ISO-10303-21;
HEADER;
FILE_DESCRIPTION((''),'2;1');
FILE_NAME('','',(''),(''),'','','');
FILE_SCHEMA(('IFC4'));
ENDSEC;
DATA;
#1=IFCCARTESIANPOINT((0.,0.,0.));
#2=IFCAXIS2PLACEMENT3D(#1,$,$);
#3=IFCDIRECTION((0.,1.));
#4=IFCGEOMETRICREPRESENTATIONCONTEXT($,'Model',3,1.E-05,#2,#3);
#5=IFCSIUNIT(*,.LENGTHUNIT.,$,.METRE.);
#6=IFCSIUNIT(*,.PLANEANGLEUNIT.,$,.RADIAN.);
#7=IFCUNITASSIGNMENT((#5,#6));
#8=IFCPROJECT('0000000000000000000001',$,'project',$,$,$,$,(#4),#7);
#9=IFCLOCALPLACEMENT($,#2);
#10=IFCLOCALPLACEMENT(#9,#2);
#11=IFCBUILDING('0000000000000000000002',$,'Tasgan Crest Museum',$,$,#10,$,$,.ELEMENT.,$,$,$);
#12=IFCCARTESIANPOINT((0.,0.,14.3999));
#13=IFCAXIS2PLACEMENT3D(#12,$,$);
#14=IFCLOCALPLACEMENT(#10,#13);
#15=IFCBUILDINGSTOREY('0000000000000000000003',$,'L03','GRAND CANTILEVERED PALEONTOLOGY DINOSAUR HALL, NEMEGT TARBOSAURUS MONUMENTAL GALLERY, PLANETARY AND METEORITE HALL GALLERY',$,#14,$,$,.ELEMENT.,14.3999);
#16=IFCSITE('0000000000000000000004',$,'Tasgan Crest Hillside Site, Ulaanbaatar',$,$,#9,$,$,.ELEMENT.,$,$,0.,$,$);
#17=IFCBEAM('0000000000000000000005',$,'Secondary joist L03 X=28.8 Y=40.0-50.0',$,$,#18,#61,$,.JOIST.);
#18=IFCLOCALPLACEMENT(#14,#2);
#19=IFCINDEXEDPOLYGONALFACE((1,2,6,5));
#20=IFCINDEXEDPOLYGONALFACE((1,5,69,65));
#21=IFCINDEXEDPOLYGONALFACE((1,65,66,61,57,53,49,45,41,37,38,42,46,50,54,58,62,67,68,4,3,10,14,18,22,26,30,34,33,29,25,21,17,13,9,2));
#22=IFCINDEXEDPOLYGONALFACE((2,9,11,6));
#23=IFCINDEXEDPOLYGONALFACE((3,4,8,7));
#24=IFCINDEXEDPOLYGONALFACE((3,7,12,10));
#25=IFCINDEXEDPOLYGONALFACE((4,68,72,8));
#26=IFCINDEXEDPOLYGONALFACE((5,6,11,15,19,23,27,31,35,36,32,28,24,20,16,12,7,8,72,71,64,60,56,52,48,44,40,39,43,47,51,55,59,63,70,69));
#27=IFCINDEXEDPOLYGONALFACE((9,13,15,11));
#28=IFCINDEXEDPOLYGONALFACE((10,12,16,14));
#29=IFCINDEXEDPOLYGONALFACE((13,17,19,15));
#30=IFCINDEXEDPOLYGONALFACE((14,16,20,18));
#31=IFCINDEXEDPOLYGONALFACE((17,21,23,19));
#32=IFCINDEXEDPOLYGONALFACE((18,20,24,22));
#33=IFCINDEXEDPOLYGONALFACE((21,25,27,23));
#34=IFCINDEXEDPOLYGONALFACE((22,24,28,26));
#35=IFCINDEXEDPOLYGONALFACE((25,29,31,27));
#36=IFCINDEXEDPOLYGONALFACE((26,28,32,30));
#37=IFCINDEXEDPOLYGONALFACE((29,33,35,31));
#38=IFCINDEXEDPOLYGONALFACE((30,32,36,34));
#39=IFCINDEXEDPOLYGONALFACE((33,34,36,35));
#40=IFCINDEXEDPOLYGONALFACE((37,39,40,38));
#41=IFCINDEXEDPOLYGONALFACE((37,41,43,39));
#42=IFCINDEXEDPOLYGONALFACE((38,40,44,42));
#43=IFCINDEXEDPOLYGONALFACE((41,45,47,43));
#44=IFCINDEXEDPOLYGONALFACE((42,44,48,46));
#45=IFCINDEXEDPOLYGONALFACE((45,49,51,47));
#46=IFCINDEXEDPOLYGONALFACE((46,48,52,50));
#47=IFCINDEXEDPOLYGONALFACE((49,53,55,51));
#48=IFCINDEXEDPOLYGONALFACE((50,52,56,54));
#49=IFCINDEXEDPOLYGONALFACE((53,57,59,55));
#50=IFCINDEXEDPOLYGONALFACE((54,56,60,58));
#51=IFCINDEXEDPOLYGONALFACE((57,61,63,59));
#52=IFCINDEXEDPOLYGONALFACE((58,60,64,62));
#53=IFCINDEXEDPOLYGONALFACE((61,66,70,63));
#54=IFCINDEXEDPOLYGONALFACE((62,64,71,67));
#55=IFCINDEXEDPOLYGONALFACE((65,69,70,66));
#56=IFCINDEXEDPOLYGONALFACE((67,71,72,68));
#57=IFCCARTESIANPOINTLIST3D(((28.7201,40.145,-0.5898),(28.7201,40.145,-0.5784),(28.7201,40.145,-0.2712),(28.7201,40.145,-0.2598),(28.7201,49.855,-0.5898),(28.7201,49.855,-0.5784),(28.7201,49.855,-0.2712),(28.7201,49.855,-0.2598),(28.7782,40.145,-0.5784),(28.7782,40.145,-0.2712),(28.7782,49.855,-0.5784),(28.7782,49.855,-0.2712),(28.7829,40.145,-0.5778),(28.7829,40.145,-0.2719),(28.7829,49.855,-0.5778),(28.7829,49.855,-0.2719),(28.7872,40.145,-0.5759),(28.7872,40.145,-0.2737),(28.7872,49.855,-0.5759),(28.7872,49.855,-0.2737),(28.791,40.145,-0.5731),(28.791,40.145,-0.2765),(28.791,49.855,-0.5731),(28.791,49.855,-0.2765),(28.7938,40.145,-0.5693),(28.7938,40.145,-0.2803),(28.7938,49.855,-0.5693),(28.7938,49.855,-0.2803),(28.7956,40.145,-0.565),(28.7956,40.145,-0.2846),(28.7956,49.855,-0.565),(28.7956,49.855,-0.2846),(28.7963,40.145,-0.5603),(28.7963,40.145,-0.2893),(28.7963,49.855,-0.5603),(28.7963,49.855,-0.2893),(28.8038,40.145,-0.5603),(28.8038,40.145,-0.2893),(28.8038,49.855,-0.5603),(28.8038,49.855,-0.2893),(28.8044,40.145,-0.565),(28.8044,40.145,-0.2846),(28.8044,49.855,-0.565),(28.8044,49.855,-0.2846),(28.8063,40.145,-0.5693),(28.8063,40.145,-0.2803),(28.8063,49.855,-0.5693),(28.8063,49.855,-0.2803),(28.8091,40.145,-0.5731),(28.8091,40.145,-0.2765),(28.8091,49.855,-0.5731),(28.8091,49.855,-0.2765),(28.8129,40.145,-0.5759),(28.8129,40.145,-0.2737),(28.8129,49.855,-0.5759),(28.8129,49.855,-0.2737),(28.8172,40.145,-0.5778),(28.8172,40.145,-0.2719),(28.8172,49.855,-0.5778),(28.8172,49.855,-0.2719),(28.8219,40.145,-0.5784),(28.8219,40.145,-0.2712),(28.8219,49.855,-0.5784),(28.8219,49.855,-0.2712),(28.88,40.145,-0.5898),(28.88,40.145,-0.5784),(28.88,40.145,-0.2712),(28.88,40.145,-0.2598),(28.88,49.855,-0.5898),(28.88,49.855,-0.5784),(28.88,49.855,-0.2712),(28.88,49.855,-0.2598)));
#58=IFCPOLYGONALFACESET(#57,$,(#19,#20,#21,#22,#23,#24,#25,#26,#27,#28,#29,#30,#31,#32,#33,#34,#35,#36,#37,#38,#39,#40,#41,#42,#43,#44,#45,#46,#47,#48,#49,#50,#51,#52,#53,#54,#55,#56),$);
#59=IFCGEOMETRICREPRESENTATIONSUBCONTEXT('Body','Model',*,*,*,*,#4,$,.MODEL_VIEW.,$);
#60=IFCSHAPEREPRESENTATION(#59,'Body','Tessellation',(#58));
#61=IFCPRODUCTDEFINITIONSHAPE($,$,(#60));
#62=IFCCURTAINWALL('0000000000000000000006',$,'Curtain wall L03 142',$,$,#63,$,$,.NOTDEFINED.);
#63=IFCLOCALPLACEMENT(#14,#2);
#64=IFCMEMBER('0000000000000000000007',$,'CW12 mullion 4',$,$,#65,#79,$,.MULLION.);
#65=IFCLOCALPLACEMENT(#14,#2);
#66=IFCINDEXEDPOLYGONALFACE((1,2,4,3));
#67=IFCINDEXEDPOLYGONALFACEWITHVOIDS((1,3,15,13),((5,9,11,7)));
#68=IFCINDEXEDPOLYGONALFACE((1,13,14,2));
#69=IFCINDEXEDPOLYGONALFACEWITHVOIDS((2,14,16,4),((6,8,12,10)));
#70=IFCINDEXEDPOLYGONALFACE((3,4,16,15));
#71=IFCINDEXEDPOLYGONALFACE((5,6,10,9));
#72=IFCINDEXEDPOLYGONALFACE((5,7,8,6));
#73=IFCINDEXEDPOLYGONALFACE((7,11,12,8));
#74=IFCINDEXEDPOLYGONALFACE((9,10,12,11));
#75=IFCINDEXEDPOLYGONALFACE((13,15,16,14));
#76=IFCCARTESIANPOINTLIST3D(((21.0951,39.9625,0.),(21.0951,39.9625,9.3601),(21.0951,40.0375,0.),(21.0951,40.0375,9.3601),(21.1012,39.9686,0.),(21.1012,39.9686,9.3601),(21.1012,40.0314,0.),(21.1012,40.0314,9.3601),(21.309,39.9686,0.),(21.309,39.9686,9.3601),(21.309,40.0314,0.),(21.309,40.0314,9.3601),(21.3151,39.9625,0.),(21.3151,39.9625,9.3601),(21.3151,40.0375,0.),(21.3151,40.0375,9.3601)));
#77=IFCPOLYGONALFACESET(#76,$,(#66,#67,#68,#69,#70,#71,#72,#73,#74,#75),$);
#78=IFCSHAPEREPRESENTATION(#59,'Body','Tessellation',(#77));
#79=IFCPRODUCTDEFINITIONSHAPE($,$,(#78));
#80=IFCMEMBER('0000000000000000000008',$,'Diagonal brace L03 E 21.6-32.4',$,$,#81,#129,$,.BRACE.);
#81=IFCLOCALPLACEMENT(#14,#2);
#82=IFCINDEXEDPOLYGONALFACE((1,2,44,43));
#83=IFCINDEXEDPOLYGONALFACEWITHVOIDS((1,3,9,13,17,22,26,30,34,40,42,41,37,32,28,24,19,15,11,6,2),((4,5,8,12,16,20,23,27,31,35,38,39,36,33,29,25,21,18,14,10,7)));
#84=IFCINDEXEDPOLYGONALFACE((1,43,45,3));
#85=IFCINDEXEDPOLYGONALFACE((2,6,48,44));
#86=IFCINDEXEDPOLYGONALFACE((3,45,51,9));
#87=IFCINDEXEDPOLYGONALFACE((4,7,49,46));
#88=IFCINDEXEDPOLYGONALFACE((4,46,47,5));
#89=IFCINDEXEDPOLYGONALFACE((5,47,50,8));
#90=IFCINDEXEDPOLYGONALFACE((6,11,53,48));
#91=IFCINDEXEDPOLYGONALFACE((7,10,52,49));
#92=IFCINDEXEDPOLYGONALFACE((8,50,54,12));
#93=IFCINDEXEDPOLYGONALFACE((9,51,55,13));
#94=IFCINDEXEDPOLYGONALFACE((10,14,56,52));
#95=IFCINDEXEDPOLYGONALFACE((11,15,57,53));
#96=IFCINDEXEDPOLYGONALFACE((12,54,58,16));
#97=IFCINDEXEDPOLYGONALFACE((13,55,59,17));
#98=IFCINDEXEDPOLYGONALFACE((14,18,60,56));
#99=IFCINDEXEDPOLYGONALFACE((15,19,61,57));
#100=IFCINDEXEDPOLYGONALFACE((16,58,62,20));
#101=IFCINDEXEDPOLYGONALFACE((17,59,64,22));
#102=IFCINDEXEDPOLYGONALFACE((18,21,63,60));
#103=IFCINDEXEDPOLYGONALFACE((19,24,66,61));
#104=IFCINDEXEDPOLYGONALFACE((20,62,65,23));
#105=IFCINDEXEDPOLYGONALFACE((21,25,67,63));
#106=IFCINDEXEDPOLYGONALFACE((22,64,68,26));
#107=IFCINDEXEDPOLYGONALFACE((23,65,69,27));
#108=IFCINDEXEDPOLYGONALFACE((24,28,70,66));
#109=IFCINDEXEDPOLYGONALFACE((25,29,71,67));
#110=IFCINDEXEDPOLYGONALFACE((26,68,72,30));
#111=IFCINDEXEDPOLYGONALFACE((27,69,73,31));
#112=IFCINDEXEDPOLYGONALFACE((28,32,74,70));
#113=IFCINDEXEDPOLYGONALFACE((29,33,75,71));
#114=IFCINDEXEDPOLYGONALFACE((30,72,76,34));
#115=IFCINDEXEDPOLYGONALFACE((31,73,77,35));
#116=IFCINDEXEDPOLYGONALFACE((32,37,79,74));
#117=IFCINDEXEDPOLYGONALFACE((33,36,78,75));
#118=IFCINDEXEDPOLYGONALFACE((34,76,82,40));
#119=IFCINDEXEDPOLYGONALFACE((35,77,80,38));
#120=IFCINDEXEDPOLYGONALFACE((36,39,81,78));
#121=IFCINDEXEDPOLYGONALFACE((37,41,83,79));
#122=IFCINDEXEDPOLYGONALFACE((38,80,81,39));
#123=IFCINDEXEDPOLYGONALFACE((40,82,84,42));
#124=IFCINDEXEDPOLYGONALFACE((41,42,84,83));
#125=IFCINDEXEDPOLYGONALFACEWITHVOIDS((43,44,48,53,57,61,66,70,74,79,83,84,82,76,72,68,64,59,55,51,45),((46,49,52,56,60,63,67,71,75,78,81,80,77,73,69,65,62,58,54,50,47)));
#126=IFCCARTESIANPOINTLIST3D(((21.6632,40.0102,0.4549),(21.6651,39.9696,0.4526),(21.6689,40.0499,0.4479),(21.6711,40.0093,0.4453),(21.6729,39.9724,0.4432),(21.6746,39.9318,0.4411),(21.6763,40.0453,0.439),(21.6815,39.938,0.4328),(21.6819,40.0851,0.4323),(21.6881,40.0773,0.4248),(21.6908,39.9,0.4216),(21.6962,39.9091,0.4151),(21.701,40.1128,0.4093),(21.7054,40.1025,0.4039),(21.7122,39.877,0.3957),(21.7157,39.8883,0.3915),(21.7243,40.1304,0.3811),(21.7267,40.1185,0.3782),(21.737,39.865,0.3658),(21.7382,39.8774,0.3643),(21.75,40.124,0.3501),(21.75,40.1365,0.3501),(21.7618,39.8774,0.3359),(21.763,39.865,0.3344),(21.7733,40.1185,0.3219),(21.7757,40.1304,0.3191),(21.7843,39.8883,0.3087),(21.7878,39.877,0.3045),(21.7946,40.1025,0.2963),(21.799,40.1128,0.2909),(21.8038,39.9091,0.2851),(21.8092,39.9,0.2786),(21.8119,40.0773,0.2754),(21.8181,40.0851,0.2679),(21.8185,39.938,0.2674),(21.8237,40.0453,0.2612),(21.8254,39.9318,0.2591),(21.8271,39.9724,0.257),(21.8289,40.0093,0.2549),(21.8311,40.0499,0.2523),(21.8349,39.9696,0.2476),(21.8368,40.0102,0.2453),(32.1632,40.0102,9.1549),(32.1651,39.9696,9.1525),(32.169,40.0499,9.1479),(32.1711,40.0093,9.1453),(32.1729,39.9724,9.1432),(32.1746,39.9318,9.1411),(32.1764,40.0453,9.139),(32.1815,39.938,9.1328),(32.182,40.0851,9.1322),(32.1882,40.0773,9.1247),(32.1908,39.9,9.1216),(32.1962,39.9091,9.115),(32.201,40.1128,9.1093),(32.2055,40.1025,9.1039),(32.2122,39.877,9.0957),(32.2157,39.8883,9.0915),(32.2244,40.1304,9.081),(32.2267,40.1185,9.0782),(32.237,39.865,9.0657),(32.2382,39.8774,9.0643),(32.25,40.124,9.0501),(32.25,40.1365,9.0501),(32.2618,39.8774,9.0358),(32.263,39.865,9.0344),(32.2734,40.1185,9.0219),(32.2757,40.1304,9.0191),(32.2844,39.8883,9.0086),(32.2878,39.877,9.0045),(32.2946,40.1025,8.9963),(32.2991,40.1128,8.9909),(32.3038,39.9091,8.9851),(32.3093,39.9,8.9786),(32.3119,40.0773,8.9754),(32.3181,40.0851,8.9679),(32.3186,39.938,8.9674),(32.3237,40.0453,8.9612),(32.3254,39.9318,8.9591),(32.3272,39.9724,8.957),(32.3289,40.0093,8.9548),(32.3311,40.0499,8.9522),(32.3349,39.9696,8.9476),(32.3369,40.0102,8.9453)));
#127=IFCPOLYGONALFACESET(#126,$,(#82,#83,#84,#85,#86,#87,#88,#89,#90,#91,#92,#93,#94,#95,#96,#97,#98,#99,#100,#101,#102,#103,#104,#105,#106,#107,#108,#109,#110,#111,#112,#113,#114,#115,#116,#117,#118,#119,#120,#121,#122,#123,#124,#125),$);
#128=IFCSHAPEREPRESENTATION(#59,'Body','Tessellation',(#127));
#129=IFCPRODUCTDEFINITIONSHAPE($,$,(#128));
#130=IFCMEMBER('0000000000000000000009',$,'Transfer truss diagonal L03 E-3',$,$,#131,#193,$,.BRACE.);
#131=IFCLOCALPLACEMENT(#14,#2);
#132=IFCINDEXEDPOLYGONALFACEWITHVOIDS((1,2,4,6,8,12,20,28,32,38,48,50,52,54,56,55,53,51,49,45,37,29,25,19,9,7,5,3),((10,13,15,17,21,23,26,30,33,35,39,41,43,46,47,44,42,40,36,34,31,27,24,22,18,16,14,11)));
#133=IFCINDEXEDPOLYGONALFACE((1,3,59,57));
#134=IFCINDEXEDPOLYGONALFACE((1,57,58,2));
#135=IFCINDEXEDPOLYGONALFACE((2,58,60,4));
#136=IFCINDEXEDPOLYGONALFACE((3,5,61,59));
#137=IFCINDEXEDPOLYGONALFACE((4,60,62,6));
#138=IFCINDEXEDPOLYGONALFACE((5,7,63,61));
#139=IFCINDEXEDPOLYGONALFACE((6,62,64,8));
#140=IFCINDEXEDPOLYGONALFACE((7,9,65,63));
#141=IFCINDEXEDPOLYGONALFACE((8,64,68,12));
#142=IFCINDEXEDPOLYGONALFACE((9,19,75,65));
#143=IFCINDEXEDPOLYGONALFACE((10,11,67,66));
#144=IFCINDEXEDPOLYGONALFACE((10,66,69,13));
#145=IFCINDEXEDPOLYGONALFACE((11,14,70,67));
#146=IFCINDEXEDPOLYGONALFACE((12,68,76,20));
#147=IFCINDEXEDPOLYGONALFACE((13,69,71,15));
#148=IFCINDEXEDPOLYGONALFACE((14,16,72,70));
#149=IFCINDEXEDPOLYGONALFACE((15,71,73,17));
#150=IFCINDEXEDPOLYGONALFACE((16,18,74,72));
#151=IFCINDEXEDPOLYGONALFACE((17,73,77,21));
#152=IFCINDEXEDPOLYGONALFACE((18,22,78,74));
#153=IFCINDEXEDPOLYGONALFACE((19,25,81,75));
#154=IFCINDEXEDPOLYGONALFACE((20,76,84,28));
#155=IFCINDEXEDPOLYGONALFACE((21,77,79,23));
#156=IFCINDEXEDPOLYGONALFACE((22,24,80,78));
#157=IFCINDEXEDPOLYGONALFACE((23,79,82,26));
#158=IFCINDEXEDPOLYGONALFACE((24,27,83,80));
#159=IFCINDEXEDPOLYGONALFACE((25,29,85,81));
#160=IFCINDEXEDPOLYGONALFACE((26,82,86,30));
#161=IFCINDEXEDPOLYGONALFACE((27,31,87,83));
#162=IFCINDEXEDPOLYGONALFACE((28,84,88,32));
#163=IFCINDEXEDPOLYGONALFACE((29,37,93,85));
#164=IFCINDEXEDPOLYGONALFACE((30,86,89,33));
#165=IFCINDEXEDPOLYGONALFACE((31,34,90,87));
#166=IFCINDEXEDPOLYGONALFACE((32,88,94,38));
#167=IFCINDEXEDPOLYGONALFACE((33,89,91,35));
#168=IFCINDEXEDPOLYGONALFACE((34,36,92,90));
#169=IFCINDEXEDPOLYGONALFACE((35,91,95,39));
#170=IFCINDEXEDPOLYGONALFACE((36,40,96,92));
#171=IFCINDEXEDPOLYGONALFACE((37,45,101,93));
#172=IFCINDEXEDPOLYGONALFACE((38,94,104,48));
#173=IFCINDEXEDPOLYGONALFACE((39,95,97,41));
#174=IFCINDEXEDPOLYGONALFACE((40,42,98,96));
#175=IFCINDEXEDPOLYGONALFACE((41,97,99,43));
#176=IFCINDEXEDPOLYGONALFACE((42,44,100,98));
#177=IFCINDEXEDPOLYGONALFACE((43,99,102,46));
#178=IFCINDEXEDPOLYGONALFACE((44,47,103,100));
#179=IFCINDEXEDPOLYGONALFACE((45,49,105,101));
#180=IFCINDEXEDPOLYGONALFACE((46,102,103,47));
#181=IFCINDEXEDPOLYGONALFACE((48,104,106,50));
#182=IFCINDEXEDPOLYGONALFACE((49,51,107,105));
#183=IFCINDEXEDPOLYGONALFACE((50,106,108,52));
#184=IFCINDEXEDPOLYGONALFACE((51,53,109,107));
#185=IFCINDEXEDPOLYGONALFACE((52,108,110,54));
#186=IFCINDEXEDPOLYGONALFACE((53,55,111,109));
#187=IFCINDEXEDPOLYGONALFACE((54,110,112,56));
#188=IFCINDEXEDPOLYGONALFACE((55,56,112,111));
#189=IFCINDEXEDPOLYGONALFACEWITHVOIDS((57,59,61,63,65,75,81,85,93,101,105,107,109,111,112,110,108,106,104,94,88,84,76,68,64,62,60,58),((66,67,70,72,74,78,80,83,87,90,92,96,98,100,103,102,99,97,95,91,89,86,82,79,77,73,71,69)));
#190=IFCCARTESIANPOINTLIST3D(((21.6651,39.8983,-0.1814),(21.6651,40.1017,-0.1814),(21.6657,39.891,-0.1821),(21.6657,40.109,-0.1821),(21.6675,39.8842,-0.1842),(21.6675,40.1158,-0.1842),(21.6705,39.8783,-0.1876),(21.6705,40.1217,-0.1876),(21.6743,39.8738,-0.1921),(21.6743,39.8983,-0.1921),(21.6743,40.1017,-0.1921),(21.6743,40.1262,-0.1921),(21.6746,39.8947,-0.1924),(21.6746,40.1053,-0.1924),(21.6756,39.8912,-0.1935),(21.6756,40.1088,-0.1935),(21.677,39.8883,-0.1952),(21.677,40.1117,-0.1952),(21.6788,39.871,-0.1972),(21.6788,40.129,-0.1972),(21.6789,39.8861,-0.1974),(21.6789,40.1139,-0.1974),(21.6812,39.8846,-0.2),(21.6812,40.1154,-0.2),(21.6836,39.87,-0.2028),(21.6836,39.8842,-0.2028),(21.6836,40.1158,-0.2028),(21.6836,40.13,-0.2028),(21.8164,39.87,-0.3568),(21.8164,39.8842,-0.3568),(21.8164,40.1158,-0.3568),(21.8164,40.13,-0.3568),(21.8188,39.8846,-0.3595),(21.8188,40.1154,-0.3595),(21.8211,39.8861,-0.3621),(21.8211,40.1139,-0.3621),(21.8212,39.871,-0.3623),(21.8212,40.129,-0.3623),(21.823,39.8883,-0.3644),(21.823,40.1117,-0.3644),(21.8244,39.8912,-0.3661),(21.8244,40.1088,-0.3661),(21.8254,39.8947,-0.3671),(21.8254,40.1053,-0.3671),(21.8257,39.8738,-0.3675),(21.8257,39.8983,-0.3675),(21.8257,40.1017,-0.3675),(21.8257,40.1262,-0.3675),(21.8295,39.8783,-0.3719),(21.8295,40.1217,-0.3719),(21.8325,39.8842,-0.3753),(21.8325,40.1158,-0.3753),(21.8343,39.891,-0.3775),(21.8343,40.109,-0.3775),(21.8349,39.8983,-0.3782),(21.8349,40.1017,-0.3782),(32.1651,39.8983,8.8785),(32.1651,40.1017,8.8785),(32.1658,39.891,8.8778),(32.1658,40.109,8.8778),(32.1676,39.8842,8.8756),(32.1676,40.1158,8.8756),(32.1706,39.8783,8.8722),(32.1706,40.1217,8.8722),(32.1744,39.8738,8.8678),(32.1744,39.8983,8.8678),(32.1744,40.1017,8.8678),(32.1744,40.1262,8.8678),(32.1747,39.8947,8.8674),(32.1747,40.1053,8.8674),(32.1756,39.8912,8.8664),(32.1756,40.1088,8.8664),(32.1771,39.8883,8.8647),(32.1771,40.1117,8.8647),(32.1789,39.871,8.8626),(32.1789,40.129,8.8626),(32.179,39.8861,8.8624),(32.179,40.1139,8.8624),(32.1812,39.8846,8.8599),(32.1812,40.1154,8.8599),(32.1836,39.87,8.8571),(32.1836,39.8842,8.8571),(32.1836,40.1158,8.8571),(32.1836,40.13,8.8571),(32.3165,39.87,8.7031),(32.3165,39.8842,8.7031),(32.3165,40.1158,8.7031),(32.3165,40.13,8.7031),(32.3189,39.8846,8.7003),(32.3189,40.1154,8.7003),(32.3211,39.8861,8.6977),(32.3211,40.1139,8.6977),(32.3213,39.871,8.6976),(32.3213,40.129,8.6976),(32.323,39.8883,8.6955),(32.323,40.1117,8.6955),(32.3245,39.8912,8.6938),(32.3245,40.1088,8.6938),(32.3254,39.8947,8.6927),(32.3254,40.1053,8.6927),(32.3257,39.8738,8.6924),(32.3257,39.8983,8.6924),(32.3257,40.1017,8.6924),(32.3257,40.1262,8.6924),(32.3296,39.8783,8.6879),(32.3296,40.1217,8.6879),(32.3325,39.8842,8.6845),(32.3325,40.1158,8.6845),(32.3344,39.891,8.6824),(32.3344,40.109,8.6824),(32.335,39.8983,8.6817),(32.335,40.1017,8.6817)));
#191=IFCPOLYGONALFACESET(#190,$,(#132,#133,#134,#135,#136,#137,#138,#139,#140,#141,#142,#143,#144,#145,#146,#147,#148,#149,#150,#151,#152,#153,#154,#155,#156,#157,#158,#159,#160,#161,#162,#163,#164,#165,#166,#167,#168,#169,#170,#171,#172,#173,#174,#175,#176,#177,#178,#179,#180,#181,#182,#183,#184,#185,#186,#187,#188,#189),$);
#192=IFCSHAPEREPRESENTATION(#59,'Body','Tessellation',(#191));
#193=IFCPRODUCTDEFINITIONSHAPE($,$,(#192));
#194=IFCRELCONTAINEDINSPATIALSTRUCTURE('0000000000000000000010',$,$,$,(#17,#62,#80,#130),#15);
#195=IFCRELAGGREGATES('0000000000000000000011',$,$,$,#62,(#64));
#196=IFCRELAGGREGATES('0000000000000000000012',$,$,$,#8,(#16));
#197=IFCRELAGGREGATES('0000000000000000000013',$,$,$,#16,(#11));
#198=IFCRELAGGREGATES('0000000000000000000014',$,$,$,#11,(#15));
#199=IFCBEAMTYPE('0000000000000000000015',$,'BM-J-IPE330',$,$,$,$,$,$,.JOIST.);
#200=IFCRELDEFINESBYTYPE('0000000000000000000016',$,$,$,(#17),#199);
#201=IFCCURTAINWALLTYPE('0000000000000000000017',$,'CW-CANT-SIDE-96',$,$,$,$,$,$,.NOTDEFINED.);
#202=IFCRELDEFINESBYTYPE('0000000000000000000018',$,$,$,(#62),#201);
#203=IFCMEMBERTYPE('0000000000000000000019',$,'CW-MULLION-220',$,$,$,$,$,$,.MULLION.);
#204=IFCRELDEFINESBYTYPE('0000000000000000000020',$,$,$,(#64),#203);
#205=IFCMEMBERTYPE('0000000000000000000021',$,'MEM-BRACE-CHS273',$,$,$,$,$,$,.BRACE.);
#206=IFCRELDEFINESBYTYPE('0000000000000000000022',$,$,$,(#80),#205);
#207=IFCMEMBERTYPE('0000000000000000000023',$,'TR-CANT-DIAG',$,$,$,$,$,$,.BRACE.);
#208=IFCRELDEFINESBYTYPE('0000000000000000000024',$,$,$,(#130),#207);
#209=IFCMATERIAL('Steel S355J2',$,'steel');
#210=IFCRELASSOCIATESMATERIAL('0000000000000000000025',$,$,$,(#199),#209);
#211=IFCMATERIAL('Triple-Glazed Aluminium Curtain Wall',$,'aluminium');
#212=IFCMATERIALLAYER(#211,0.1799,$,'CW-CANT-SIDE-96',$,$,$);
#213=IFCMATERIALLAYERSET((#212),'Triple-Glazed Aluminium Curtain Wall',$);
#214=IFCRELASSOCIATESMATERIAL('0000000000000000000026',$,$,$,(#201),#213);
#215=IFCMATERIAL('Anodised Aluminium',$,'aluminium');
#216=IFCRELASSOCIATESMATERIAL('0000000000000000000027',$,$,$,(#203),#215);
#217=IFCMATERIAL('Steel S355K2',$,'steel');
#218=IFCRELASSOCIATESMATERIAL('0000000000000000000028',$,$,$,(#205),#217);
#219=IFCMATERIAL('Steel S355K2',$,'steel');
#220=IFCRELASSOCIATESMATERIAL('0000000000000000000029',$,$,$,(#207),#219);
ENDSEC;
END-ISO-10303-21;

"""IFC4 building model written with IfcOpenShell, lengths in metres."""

from ifc_helpers import new_model, si_unit, direction, frame, origin, origin_2d, place, context, subcontext, project, spatial, hollow_rectangle, hollow_circle, i_section, extrude, material, layer, layer_set, material_profile, profile_set, type_object, element, aggregate, save


model = new_model("IFC4")

# Units and contexts
model_context = context("Model", 3, precision=1e-05, world=origin(), true_north=direction((0.0, 1.0)))
body_context = subcontext(model_context, "Body", "Model", "MODEL_VIEW")
ifc_project = project(units=[si_unit("LENGTHUNIT", "METRE"), si_unit("PLANEANGLEUNIT", "RADIAN")], contexts=[model_context])

# Site, building, storey
site_placement = place(None, origin())
site = spatial("IfcSite", under=ifc_project, at=site_placement, Name="Tasgan Crest Hillside Site, Ulaanbaatar", CompositionType="ELEMENT", RefElevation=0.0)
building_placement = place(site_placement, origin())
building = spatial("IfcBuilding", under=site, at=building_placement, Name="Tasgan Crest Museum", CompositionType="ELEMENT")
storey_placement = place(building_placement, frame((0.0, 0.0, 14.3999)))
storey = spatial("IfcBuildingStorey", under=building, at=storey_placement, Name="L03", Description="GRAND CANTILEVERED PALEONTOLOGY DINOSAUR HALL, NEMEGT TARBOSAURUS MONUMENTAL GALLERY, PLANETARY AND METEORITE HALL GALLERY", CompositionType="ELEMENT", Elevation=14.3999)

# Beam
ifc_material_1 = material(Name="Steel S355J2", Category="steel")
ifc_material_profile_1 = material_profile(ifc_material_1, i_section(OverallWidth=0.1599, OverallDepth=0.3301, WebThickness=0.0076, FlangeThickness=0.0115, FilletRadius=0.0181, at=origin_2d()), Name="IPE 330")
ifc_profile_set_1 = profile_set([ifc_material_profile_1], Name="Steel S355J2")
beam_type_1 = type_object("IfcBeamType", Name="BM-J-IPE330", PredefinedType="JOIST", material=ifc_profile_set_1)
for number, where, z_axis, x_axis, name in (
    (1, (28.8, 40.145, -0.4248), (0.0, 1.0, 0.0), (-1.0, 0.0, 0.0), "Secondary joist L03 X=28.8 Y=40.0-50.0"),
):
    element("IfcBeam", number, at=place(storey_placement, frame(where, z_axis=z_axis, x_axis=x_axis)), inside=storey, type_object=beam_type_1, Name=name, PredefinedType="JOIST", context=body_context, shape_type="SweptSolid", body=[
        extrude(i_section(OverallWidth=0.1599, OverallDepth=0.3301, WebThickness=0.0076, FlangeThickness=0.0115, FilletRadius=0.0181, at=origin_2d()), origin(), (0.0, 0.0, 1.0), 9.71),
    ])

# Curtain wall, member
ifc_material_2 = material(Name="Triple-Glazed Aluminium Curtain Wall", Category="aluminium")
ifc_layer_1 = layer(ifc_material_2, 0.1799, Name="CW-CANT-SIDE-96")
ifc_layer_set_1 = layer_set([ifc_layer_1], Name="Triple-Glazed Aluminium Curtain Wall")
curtain_wall_type = type_object("IfcCurtainWallType", Name="CW-CANT-SIDE-96", PredefinedType="NOTDEFINED", material=ifc_layer_set_1)
curtain_wall_placement = place(storey_placement, origin())
curtain_wall = element("IfcCurtainWall", 2, at=curtain_wall_placement, inside=storey, type_object=curtain_wall_type, Name="Curtain wall L03 142", PredefinedType="NOTDEFINED")
ifc_material_3 = material(Name="Anodised Aluminium", Category="aluminium")
ifc_material_profile_2 = material_profile(ifc_material_3, hollow_rectangle(XDim=0.075, YDim=0.22, WallThickness=0.0061, at=origin_2d()), Name="ALU MULLION 220x75x6")
ifc_profile_set_2 = profile_set([ifc_material_profile_2], Name="Anodised Aluminium")
member_type_1 = type_object("IfcMemberType", Name="CW-MULLION-220", PredefinedType="MULLION", material=ifc_profile_set_2)
member_1_placement = place(storey_placement, frame((21.2051, 40.0, 0.0), z_axis=(0.0, 0.0, 1.0), x_axis=(0.0, 1.0, 0.0)))
member_1 = element("IfcMember", 3, at=member_1_placement, type_object=member_type_1, Name="CW12 mullion 4", PredefinedType="MULLION", context=body_context, shape_type="SweptSolid", body=[
    extrude(hollow_rectangle(XDim=0.075, YDim=0.22, WallThickness=0.0061, at=origin_2d()), origin(), (0.0, 0.0, 1.0), 9.3601),
])

# Members
ifc_material_4 = material(Name="Steel S355K2", Category="steel")
ifc_material_profile_3 = material_profile(ifc_material_4, hollow_circle(Radius=0.1365, WallThickness=0.0125, at=origin_2d()), Name="CHS 273x12.5")
ifc_profile_set_3 = profile_set([ifc_material_profile_3], Name="Steel S355K2")
member_type_2 = type_object("IfcMemberType", Name="MEM-BRACE-CHS273", PredefinedType="BRACE", material=ifc_profile_set_3)
member_2_placement = place(storey_placement, frame((21.75, 40.0, 0.3501), z_axis=(0.770023, 0.0, 0.638016), x_axis=(0.0, 1.0, 0.0)))
element("IfcMember", 4, at=member_2_placement, inside=storey, type_object=member_type_2, Name="Diagonal brace L03 E 21.6-32.4", PredefinedType="BRACE", context=body_context, shape_type="SweptSolid", body=[
    extrude(hollow_circle(Radius=0.1365, WallThickness=0.0125, at=origin_2d()), origin(), (0.0, 0.0, 1.0), 13.636),
])
ifc_material_5 = material(Name="Steel S355K2", Category="steel")
ifc_material_profile_4 = material_profile(ifc_material_5, hollow_rectangle(XDim=0.26, YDim=0.26, WallThickness=0.0142, InnerFilletRadius=0.0142, OuterFilletRadius=0.0283, at=origin_2d()), Name="SHS 260x260x14.2")
ifc_profile_set_4 = profile_set([ifc_material_profile_4], Name="Steel S355K2")
member_type_3 = type_object("IfcMemberType", Name="TR-CANT-DIAG", PredefinedType="BRACE", material=ifc_profile_set_4)
member_3_placement = place(storey_placement, frame((21.75, 40.0, -0.2798), z_axis=(0.757121, 0.0, 0.653274), x_axis=(0.0, 1.0, 0.0)))
element("IfcMember", 5, at=member_3_placement, inside=storey, type_object=member_type_3, Name="Transfer truss diagonal L03 E-3", PredefinedType="BRACE", context=body_context, shape_type="SweptSolid", body=[
    extrude(hollow_rectangle(XDim=0.26, YDim=0.26, WallThickness=0.0142, InnerFilletRadius=0.0142, OuterFilletRadius=0.0283, at=origin_2d()), origin(), (0.0, 0.0, 1.0), 13.8684),
])

aggregate(curtain_wall, [member_1])

save(model, "model.ifc")
